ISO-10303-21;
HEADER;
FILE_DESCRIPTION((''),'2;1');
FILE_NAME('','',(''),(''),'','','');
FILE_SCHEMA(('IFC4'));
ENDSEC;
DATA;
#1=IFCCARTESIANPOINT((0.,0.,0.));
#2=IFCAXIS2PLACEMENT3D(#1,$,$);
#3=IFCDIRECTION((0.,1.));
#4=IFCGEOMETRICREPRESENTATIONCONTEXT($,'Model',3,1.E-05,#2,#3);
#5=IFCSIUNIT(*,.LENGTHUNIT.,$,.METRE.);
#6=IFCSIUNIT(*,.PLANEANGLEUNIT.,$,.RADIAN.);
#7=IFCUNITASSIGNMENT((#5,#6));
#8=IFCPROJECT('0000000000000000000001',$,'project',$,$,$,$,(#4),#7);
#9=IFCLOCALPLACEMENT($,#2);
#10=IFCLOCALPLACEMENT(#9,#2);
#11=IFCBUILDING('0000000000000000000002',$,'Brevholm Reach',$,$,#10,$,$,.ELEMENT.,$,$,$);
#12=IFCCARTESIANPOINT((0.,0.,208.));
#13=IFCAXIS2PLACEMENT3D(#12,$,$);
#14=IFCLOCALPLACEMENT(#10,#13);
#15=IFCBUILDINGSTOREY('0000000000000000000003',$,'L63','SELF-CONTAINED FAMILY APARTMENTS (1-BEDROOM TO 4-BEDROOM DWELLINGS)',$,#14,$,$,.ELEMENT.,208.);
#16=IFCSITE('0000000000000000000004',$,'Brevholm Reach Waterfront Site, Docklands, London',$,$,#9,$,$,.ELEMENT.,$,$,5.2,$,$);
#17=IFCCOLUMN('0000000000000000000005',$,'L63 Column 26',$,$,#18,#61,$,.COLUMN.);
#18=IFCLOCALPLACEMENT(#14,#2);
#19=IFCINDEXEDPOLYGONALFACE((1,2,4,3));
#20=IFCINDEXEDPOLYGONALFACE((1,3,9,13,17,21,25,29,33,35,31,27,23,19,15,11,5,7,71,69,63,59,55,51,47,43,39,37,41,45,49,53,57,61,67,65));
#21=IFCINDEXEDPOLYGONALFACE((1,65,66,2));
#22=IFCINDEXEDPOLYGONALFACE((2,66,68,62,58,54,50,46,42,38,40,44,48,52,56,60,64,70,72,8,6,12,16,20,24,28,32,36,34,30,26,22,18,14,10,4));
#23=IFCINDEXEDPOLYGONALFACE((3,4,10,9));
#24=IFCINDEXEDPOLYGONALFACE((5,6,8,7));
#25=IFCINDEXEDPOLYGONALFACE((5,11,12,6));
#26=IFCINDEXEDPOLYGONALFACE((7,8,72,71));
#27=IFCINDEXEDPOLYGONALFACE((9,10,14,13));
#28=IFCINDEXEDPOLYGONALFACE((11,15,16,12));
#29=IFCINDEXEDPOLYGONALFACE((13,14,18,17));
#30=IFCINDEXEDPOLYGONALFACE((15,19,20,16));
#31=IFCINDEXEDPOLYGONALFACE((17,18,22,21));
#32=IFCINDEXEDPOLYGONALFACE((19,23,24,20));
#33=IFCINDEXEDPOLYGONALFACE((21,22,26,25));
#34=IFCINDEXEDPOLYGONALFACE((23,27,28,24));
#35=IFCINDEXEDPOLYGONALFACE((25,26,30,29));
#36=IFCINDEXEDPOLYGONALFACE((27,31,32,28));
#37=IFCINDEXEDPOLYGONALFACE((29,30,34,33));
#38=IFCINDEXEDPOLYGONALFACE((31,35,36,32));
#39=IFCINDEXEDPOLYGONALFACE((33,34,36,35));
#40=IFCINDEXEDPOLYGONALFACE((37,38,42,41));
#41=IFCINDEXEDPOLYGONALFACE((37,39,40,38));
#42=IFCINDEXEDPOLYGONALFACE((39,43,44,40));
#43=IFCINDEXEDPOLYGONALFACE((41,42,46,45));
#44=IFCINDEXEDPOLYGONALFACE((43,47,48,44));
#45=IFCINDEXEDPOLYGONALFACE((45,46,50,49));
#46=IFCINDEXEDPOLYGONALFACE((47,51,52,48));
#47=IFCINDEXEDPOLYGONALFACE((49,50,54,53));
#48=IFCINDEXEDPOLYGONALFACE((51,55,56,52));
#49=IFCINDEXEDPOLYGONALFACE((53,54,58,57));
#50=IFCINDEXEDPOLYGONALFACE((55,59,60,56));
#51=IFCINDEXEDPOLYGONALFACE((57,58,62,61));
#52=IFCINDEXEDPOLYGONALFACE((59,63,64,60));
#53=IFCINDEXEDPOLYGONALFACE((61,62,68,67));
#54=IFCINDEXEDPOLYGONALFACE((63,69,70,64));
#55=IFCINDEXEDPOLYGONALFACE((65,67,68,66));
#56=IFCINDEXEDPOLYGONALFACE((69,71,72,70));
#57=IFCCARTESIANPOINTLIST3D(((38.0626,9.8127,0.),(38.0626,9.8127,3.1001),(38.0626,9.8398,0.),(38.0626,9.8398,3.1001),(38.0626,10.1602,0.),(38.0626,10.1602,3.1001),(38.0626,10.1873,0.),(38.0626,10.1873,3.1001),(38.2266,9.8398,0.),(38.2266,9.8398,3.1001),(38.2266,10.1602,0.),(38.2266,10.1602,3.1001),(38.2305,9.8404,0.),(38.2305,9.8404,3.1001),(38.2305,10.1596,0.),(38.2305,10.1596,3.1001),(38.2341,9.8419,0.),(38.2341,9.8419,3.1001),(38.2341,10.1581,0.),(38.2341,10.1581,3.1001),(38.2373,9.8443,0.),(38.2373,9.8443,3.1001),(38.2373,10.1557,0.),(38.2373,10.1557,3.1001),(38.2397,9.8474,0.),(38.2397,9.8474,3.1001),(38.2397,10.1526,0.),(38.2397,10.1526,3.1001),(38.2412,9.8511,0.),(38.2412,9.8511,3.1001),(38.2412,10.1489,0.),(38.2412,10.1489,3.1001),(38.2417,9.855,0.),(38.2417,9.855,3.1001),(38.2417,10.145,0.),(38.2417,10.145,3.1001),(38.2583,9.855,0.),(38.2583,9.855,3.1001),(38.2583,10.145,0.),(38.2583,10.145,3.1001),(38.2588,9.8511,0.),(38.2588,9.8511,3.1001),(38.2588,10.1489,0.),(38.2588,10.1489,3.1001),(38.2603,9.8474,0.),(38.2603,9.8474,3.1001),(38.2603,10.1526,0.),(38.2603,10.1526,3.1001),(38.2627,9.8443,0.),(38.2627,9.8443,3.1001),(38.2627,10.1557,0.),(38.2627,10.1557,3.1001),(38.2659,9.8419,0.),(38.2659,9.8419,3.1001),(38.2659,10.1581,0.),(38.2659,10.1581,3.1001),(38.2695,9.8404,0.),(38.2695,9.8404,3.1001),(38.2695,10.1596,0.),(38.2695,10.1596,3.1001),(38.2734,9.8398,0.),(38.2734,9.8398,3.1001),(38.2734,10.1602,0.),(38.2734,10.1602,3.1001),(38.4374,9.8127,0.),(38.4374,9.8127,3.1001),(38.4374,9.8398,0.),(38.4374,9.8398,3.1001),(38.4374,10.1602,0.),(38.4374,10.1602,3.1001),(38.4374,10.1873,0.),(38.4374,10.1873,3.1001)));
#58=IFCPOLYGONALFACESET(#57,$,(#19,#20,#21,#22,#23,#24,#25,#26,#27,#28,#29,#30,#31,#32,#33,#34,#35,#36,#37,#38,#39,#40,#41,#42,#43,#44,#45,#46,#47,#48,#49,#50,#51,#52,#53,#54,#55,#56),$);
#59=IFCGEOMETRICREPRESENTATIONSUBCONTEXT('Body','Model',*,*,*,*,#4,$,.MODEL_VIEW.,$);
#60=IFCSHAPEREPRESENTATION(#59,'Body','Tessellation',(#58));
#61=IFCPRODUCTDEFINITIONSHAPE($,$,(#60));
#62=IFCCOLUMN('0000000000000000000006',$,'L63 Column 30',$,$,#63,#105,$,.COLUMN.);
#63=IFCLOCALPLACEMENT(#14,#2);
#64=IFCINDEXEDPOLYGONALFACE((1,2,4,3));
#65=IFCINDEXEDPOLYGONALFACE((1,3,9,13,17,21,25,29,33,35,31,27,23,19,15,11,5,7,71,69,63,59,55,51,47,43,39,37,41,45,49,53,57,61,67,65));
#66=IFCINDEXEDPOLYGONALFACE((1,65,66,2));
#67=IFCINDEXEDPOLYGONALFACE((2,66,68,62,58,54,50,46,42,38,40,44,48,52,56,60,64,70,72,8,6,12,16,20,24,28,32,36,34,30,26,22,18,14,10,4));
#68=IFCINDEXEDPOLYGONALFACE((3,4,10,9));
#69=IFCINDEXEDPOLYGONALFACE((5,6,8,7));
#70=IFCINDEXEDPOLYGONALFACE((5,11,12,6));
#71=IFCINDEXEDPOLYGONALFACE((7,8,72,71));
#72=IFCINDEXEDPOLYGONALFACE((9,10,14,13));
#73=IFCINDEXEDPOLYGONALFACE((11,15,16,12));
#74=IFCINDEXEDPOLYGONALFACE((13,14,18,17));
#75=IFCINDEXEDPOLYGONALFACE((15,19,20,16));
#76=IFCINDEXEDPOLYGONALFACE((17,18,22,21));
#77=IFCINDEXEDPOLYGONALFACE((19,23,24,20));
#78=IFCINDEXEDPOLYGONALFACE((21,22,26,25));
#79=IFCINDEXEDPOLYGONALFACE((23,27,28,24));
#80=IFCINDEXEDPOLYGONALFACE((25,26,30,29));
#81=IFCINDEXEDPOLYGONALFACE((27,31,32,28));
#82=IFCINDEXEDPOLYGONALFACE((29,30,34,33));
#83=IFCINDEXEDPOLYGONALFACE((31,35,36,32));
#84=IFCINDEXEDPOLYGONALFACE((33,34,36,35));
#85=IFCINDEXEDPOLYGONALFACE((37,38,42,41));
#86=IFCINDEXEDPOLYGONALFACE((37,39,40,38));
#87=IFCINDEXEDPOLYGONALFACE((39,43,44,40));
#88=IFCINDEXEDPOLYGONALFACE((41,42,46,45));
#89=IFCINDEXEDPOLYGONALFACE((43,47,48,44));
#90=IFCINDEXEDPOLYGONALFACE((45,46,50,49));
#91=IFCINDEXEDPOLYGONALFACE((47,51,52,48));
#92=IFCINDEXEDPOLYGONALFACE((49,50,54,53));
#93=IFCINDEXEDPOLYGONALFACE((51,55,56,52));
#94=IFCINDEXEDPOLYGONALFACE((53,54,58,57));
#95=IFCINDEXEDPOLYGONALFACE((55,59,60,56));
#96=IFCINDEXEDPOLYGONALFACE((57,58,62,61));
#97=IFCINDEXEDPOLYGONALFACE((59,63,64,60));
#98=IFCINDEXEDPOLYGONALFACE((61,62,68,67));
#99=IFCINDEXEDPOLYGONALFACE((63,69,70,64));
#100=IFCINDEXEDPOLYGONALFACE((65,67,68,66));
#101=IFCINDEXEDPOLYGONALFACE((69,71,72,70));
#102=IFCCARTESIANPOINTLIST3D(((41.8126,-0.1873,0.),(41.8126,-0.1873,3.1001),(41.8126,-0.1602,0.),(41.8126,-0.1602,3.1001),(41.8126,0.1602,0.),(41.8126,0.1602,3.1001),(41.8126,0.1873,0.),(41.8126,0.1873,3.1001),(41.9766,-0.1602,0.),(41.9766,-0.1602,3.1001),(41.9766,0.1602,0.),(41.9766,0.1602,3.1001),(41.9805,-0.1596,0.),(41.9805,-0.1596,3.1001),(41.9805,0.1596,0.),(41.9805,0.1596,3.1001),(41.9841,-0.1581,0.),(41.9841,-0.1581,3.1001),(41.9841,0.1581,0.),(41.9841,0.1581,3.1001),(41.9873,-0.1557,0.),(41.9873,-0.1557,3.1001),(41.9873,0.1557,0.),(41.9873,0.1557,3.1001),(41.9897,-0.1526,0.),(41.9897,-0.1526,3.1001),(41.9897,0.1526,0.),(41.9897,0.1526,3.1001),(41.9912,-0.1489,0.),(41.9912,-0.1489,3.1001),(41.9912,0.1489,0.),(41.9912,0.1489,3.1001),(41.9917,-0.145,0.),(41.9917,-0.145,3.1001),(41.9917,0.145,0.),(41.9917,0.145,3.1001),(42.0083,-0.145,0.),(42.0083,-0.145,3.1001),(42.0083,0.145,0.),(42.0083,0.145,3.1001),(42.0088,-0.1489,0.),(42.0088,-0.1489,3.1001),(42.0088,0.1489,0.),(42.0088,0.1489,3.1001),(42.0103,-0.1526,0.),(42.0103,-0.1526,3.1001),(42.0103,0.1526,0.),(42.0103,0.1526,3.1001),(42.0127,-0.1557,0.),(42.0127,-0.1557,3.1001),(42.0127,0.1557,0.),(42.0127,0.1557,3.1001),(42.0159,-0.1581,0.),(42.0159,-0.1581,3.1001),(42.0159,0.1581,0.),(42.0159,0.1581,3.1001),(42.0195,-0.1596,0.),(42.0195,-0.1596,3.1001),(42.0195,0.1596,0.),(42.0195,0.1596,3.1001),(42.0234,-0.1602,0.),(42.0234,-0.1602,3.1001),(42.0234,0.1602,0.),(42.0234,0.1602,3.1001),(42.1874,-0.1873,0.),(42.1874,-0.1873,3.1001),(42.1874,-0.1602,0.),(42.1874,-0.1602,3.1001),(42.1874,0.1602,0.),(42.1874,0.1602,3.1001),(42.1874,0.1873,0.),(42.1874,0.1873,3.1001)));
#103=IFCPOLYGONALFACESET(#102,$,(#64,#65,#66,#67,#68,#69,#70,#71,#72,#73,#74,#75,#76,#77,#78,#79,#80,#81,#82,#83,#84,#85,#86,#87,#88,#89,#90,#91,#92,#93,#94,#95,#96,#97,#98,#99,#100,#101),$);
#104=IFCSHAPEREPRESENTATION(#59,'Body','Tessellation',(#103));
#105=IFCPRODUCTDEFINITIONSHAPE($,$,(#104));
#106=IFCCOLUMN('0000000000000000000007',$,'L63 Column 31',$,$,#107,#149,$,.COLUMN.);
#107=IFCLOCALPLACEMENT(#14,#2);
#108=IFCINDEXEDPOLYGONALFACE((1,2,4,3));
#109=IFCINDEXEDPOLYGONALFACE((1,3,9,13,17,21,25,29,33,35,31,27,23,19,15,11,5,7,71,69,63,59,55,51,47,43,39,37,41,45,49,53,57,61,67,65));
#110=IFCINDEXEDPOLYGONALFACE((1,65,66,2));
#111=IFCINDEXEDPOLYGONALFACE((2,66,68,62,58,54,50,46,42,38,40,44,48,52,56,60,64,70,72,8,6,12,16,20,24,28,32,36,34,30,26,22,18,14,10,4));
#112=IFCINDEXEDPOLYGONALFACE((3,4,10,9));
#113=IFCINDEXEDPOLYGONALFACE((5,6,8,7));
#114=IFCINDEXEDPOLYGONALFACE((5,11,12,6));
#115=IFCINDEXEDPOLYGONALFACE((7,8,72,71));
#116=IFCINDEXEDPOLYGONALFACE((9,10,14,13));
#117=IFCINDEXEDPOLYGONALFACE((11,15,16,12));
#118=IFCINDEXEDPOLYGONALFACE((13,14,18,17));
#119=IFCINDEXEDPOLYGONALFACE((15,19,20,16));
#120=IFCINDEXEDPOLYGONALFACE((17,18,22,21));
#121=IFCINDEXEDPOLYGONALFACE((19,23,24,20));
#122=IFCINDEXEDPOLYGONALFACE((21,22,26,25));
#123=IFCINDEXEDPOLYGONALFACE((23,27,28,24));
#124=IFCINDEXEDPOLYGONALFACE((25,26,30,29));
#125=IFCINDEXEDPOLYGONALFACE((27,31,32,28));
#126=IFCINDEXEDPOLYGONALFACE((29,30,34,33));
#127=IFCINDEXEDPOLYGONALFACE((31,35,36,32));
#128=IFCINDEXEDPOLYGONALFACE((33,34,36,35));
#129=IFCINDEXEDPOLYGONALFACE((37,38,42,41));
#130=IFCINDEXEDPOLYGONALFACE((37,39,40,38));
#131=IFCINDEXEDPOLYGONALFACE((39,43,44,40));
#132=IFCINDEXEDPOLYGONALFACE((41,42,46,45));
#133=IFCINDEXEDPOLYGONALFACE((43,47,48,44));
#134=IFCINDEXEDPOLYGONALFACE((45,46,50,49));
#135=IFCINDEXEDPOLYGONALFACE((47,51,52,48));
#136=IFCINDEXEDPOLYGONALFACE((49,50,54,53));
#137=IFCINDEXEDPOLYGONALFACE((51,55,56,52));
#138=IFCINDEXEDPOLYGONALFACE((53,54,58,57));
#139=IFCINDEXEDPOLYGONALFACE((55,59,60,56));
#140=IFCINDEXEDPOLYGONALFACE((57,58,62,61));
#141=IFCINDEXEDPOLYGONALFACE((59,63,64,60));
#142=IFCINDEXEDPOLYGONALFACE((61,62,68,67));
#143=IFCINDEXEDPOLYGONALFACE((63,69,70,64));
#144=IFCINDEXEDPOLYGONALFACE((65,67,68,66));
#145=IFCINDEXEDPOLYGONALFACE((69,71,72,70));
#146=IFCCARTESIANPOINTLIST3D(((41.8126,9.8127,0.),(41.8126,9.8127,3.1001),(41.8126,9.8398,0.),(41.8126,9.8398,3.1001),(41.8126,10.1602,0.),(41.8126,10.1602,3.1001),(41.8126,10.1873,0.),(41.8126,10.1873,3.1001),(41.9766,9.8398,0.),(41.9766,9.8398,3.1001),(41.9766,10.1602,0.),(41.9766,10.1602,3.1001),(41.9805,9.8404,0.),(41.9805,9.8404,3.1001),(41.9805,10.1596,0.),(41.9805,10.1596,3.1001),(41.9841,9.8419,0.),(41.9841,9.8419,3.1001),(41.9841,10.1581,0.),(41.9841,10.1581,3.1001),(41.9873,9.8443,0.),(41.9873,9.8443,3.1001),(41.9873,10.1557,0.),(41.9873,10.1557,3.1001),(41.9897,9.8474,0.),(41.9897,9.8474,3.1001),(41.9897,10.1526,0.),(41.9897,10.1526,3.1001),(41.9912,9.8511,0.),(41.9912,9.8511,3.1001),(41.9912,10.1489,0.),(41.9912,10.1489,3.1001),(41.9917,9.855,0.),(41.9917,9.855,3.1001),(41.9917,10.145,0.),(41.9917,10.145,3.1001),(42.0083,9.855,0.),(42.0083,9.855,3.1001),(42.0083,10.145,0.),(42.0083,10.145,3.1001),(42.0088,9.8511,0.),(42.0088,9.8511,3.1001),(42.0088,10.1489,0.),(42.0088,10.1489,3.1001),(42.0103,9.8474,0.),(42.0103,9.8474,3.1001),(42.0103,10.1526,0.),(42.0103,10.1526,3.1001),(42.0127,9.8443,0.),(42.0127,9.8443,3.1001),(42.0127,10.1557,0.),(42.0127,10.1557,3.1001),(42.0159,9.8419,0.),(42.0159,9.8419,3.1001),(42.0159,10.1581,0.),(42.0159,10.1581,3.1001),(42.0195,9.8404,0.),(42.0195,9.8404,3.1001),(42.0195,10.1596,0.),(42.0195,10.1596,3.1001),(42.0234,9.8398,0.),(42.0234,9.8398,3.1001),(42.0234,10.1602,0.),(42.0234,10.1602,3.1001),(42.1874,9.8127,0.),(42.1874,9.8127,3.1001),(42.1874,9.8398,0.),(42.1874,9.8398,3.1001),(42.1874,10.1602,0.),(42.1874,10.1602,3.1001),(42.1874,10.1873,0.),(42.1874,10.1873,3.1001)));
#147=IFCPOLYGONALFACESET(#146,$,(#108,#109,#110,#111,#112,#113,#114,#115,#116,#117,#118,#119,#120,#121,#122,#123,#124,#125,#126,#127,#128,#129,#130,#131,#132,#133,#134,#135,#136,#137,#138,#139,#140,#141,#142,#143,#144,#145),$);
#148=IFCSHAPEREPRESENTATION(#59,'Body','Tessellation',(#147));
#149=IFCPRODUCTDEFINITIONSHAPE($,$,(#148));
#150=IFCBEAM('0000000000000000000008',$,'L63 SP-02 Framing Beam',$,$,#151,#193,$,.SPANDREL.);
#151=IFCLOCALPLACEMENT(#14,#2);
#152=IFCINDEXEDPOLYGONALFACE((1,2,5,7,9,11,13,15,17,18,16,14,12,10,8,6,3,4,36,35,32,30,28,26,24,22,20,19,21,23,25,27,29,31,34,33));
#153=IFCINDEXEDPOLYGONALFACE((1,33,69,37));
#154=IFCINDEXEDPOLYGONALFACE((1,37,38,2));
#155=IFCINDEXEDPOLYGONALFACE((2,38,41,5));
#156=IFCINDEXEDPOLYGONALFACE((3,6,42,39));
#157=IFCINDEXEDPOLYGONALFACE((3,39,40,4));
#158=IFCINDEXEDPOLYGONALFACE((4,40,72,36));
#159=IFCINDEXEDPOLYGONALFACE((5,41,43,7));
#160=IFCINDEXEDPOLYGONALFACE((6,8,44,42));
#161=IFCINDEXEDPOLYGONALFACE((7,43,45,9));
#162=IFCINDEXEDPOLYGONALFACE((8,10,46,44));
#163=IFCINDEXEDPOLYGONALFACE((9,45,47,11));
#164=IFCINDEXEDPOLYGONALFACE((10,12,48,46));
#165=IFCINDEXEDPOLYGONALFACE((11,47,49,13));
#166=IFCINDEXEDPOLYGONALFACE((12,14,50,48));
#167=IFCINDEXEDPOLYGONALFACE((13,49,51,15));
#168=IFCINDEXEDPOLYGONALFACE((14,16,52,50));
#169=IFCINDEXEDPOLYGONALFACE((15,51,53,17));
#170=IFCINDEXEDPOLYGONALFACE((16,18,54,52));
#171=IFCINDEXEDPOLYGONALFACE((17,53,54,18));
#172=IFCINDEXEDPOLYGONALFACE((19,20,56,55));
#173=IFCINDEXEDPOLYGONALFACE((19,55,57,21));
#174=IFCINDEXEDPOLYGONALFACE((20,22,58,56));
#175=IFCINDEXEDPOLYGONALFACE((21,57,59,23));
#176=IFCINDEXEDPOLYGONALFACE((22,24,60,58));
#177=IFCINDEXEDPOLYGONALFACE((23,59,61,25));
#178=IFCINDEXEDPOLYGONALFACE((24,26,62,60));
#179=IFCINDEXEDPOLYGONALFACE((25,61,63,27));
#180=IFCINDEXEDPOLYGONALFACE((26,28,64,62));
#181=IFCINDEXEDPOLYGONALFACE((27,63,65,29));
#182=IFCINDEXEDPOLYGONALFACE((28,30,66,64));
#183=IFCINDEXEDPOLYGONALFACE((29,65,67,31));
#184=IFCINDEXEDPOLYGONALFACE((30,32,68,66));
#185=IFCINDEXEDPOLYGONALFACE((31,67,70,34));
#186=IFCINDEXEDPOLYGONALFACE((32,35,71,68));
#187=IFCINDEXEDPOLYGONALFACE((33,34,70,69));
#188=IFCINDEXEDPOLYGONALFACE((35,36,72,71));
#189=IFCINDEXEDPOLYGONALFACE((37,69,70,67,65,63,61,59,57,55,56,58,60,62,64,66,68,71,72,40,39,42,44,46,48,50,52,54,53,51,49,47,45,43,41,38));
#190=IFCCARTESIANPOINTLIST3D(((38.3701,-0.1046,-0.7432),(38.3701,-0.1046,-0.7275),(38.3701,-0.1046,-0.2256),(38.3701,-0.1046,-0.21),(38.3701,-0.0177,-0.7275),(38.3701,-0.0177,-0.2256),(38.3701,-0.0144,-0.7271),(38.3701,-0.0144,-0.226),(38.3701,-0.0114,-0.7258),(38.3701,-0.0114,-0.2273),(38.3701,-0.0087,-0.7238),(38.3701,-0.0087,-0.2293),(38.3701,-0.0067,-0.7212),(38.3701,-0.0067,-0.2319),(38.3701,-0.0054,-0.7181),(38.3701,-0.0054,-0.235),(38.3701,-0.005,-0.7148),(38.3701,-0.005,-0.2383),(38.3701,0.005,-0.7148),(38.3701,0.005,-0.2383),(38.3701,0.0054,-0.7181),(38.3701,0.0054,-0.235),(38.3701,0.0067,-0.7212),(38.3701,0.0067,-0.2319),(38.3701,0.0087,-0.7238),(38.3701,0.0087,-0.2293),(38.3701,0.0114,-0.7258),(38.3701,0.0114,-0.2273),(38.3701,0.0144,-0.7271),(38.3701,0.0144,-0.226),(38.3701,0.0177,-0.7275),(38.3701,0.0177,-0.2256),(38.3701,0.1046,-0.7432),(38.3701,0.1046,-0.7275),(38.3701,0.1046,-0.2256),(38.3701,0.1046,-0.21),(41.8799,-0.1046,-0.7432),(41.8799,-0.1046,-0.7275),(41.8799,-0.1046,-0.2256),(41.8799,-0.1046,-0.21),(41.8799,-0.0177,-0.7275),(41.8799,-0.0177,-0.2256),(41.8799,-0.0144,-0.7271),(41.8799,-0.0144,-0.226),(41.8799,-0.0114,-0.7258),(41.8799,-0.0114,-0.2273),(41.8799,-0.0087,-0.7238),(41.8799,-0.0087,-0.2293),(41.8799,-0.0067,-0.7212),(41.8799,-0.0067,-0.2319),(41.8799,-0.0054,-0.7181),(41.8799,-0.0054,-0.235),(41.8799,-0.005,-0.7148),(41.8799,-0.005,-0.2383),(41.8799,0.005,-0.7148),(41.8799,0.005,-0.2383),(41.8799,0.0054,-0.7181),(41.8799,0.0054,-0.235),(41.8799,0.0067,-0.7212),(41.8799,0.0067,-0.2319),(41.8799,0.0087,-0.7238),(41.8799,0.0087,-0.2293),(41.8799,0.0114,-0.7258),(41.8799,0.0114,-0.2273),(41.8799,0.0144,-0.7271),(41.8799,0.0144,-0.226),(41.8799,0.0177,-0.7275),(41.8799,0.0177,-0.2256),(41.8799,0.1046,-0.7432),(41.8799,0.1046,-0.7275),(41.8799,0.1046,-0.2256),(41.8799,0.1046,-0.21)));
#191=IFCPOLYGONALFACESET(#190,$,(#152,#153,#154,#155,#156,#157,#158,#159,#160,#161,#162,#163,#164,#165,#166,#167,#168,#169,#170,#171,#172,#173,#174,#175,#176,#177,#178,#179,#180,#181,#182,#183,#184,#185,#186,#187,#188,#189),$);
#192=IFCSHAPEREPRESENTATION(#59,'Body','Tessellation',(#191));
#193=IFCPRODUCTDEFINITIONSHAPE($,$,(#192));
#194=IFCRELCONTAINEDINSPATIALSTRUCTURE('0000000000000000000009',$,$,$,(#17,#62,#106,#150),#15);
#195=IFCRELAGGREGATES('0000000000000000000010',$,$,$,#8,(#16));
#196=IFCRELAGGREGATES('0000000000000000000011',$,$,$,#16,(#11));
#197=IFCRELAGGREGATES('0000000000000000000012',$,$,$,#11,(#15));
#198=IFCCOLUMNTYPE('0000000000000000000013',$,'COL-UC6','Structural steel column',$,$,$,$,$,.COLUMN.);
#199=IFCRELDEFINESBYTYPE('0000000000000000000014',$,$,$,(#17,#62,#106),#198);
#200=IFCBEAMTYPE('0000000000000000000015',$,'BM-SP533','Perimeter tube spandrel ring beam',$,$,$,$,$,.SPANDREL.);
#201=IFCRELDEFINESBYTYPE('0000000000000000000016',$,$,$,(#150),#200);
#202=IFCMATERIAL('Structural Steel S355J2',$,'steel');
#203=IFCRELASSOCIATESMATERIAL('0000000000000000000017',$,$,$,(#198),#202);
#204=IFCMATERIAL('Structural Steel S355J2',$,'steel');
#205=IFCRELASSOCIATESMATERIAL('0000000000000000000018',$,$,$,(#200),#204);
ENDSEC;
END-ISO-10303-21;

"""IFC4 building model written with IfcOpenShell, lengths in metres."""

from ifc_helpers import new_model, si_unit, direction, frame, origin, origin_2d, place, context, subcontext, project, spatial, i_section, extrude, material, material_profile, profile_set, type_object, element, save


model = new_model("IFC4")

# Units and contexts
model_context = context("Model", 3, precision=1e-05, world=origin(), true_north=direction((0.0, 1.0)))
body_context = subcontext(model_context, "Body", "Model", "MODEL_VIEW")
ifc_project = project(units=[si_unit("LENGTHUNIT", "METRE"), si_unit("PLANEANGLEUNIT", "RADIAN")], contexts=[model_context])

# Site, building, storey
site_placement = place(None, origin())
site = spatial("IfcSite", under=ifc_project, at=site_placement, Name="Brevholm Reach Waterfront Site, Docklands, London", CompositionType="ELEMENT", RefElevation=5.2)
building_placement = place(site_placement, origin())
building = spatial("IfcBuilding", under=site, at=building_placement, Name="Brevholm Reach", CompositionType="ELEMENT")
storey_placement = place(building_placement, frame((0.0, 0.0, 208.0)))
storey = spatial("IfcBuildingStorey", under=building, at=storey_placement, Name="L63", Description="SELF-CONTAINED FAMILY APARTMENTS (1-BEDROOM TO 4-BEDROOM DWELLINGS)", CompositionType="ELEMENT", Elevation=208.0)

# Columns
ifc_material_1 = material(Name="Structural Steel S355J2", Category="steel")
ifc_material_profile_1 = material_profile(ifc_material_1, i_section(OverallWidth=0.3748, OverallDepth=0.3745, WebThickness=0.0166, FlangeThickness=0.0271, FilletRadius=0.0151, at=origin_2d()), Name="UKC 356x368x202")
ifc_profile_set_1 = profile_set([ifc_material_profile_1], Name="Structural Steel S355J2")
column_type = type_object("IfcColumnType", Name="COL-UC6", Description="Structural steel column", PredefinedType="COLUMN", material=ifc_profile_set_1)
for number, where, z_axis, x_axis, name in (
    (1, (38.25, 10.0, 0.0), (0.0, 0.0, 1.0), (1.0, 0.0, 0.0), "L63 Column 26"),
    (2, (42.0, 0.0, 0.0), (0.0, 0.0, 1.0), (1.0, 0.0, 0.0), "L63 Column 30"),
    (3, (42.0, 10.0, 0.0), (0.0, 0.0, 1.0), (1.0, 0.0, 0.0), "L63 Column 31"),
):
    element("IfcColumn", number, at=place(storey_placement, frame(where, z_axis=z_axis, x_axis=x_axis)), inside=storey, type_object=column_type, Name=name, PredefinedType="COLUMN", context=body_context, shape_type="SweptSolid", body=[
        extrude(i_section(OverallWidth=0.3748, OverallDepth=0.3745, WebThickness=0.0166, FlangeThickness=0.0271, FilletRadius=0.0151, at=origin_2d()), origin(), (0.0, 0.0, 1.0), 3.1001),
    ])

# Beam
ifc_material_2 = material(Name="Structural Steel S355J2", Category="steel")
ifc_material_profile_2 = material_profile(ifc_material_2, i_section(OverallWidth=0.2092, OverallDepth=0.5332, WebThickness=0.01, FlangeThickness=0.0156, FilletRadius=0.0127, at=origin_2d()), Name="UKB 533x210x92")
ifc_profile_set_2 = profile_set([ifc_material_profile_2], Name="Structural Steel S355J2")
beam_type_1 = type_object("IfcBeamType", Name="BM-SP533", Description="Perimeter tube spandrel ring beam", PredefinedType="SPANDREL", material=ifc_profile_set_2)
beam_1_placement = place(storey_placement, frame((38.3701, 0.0, -0.4766), z_axis=(1.0, 0.0, 0.0), x_axis=(0.0, 1.0, 0.0)))
element("IfcBeam", 4, at=beam_1_placement, inside=storey, type_object=beam_type_1, Name="L63 SP-02 Framing Beam", PredefinedType="SPANDREL", context=body_context, shape_type="SweptSolid", body=[
    extrude(i_section(OverallWidth=0.2092, OverallDepth=0.5332, WebThickness=0.01, FlangeThickness=0.0156, FilletRadius=0.0127, at=origin_2d()), origin(), (0.0, 0.0, 1.0), 3.5098),
])

save(model, "model.ifc")
